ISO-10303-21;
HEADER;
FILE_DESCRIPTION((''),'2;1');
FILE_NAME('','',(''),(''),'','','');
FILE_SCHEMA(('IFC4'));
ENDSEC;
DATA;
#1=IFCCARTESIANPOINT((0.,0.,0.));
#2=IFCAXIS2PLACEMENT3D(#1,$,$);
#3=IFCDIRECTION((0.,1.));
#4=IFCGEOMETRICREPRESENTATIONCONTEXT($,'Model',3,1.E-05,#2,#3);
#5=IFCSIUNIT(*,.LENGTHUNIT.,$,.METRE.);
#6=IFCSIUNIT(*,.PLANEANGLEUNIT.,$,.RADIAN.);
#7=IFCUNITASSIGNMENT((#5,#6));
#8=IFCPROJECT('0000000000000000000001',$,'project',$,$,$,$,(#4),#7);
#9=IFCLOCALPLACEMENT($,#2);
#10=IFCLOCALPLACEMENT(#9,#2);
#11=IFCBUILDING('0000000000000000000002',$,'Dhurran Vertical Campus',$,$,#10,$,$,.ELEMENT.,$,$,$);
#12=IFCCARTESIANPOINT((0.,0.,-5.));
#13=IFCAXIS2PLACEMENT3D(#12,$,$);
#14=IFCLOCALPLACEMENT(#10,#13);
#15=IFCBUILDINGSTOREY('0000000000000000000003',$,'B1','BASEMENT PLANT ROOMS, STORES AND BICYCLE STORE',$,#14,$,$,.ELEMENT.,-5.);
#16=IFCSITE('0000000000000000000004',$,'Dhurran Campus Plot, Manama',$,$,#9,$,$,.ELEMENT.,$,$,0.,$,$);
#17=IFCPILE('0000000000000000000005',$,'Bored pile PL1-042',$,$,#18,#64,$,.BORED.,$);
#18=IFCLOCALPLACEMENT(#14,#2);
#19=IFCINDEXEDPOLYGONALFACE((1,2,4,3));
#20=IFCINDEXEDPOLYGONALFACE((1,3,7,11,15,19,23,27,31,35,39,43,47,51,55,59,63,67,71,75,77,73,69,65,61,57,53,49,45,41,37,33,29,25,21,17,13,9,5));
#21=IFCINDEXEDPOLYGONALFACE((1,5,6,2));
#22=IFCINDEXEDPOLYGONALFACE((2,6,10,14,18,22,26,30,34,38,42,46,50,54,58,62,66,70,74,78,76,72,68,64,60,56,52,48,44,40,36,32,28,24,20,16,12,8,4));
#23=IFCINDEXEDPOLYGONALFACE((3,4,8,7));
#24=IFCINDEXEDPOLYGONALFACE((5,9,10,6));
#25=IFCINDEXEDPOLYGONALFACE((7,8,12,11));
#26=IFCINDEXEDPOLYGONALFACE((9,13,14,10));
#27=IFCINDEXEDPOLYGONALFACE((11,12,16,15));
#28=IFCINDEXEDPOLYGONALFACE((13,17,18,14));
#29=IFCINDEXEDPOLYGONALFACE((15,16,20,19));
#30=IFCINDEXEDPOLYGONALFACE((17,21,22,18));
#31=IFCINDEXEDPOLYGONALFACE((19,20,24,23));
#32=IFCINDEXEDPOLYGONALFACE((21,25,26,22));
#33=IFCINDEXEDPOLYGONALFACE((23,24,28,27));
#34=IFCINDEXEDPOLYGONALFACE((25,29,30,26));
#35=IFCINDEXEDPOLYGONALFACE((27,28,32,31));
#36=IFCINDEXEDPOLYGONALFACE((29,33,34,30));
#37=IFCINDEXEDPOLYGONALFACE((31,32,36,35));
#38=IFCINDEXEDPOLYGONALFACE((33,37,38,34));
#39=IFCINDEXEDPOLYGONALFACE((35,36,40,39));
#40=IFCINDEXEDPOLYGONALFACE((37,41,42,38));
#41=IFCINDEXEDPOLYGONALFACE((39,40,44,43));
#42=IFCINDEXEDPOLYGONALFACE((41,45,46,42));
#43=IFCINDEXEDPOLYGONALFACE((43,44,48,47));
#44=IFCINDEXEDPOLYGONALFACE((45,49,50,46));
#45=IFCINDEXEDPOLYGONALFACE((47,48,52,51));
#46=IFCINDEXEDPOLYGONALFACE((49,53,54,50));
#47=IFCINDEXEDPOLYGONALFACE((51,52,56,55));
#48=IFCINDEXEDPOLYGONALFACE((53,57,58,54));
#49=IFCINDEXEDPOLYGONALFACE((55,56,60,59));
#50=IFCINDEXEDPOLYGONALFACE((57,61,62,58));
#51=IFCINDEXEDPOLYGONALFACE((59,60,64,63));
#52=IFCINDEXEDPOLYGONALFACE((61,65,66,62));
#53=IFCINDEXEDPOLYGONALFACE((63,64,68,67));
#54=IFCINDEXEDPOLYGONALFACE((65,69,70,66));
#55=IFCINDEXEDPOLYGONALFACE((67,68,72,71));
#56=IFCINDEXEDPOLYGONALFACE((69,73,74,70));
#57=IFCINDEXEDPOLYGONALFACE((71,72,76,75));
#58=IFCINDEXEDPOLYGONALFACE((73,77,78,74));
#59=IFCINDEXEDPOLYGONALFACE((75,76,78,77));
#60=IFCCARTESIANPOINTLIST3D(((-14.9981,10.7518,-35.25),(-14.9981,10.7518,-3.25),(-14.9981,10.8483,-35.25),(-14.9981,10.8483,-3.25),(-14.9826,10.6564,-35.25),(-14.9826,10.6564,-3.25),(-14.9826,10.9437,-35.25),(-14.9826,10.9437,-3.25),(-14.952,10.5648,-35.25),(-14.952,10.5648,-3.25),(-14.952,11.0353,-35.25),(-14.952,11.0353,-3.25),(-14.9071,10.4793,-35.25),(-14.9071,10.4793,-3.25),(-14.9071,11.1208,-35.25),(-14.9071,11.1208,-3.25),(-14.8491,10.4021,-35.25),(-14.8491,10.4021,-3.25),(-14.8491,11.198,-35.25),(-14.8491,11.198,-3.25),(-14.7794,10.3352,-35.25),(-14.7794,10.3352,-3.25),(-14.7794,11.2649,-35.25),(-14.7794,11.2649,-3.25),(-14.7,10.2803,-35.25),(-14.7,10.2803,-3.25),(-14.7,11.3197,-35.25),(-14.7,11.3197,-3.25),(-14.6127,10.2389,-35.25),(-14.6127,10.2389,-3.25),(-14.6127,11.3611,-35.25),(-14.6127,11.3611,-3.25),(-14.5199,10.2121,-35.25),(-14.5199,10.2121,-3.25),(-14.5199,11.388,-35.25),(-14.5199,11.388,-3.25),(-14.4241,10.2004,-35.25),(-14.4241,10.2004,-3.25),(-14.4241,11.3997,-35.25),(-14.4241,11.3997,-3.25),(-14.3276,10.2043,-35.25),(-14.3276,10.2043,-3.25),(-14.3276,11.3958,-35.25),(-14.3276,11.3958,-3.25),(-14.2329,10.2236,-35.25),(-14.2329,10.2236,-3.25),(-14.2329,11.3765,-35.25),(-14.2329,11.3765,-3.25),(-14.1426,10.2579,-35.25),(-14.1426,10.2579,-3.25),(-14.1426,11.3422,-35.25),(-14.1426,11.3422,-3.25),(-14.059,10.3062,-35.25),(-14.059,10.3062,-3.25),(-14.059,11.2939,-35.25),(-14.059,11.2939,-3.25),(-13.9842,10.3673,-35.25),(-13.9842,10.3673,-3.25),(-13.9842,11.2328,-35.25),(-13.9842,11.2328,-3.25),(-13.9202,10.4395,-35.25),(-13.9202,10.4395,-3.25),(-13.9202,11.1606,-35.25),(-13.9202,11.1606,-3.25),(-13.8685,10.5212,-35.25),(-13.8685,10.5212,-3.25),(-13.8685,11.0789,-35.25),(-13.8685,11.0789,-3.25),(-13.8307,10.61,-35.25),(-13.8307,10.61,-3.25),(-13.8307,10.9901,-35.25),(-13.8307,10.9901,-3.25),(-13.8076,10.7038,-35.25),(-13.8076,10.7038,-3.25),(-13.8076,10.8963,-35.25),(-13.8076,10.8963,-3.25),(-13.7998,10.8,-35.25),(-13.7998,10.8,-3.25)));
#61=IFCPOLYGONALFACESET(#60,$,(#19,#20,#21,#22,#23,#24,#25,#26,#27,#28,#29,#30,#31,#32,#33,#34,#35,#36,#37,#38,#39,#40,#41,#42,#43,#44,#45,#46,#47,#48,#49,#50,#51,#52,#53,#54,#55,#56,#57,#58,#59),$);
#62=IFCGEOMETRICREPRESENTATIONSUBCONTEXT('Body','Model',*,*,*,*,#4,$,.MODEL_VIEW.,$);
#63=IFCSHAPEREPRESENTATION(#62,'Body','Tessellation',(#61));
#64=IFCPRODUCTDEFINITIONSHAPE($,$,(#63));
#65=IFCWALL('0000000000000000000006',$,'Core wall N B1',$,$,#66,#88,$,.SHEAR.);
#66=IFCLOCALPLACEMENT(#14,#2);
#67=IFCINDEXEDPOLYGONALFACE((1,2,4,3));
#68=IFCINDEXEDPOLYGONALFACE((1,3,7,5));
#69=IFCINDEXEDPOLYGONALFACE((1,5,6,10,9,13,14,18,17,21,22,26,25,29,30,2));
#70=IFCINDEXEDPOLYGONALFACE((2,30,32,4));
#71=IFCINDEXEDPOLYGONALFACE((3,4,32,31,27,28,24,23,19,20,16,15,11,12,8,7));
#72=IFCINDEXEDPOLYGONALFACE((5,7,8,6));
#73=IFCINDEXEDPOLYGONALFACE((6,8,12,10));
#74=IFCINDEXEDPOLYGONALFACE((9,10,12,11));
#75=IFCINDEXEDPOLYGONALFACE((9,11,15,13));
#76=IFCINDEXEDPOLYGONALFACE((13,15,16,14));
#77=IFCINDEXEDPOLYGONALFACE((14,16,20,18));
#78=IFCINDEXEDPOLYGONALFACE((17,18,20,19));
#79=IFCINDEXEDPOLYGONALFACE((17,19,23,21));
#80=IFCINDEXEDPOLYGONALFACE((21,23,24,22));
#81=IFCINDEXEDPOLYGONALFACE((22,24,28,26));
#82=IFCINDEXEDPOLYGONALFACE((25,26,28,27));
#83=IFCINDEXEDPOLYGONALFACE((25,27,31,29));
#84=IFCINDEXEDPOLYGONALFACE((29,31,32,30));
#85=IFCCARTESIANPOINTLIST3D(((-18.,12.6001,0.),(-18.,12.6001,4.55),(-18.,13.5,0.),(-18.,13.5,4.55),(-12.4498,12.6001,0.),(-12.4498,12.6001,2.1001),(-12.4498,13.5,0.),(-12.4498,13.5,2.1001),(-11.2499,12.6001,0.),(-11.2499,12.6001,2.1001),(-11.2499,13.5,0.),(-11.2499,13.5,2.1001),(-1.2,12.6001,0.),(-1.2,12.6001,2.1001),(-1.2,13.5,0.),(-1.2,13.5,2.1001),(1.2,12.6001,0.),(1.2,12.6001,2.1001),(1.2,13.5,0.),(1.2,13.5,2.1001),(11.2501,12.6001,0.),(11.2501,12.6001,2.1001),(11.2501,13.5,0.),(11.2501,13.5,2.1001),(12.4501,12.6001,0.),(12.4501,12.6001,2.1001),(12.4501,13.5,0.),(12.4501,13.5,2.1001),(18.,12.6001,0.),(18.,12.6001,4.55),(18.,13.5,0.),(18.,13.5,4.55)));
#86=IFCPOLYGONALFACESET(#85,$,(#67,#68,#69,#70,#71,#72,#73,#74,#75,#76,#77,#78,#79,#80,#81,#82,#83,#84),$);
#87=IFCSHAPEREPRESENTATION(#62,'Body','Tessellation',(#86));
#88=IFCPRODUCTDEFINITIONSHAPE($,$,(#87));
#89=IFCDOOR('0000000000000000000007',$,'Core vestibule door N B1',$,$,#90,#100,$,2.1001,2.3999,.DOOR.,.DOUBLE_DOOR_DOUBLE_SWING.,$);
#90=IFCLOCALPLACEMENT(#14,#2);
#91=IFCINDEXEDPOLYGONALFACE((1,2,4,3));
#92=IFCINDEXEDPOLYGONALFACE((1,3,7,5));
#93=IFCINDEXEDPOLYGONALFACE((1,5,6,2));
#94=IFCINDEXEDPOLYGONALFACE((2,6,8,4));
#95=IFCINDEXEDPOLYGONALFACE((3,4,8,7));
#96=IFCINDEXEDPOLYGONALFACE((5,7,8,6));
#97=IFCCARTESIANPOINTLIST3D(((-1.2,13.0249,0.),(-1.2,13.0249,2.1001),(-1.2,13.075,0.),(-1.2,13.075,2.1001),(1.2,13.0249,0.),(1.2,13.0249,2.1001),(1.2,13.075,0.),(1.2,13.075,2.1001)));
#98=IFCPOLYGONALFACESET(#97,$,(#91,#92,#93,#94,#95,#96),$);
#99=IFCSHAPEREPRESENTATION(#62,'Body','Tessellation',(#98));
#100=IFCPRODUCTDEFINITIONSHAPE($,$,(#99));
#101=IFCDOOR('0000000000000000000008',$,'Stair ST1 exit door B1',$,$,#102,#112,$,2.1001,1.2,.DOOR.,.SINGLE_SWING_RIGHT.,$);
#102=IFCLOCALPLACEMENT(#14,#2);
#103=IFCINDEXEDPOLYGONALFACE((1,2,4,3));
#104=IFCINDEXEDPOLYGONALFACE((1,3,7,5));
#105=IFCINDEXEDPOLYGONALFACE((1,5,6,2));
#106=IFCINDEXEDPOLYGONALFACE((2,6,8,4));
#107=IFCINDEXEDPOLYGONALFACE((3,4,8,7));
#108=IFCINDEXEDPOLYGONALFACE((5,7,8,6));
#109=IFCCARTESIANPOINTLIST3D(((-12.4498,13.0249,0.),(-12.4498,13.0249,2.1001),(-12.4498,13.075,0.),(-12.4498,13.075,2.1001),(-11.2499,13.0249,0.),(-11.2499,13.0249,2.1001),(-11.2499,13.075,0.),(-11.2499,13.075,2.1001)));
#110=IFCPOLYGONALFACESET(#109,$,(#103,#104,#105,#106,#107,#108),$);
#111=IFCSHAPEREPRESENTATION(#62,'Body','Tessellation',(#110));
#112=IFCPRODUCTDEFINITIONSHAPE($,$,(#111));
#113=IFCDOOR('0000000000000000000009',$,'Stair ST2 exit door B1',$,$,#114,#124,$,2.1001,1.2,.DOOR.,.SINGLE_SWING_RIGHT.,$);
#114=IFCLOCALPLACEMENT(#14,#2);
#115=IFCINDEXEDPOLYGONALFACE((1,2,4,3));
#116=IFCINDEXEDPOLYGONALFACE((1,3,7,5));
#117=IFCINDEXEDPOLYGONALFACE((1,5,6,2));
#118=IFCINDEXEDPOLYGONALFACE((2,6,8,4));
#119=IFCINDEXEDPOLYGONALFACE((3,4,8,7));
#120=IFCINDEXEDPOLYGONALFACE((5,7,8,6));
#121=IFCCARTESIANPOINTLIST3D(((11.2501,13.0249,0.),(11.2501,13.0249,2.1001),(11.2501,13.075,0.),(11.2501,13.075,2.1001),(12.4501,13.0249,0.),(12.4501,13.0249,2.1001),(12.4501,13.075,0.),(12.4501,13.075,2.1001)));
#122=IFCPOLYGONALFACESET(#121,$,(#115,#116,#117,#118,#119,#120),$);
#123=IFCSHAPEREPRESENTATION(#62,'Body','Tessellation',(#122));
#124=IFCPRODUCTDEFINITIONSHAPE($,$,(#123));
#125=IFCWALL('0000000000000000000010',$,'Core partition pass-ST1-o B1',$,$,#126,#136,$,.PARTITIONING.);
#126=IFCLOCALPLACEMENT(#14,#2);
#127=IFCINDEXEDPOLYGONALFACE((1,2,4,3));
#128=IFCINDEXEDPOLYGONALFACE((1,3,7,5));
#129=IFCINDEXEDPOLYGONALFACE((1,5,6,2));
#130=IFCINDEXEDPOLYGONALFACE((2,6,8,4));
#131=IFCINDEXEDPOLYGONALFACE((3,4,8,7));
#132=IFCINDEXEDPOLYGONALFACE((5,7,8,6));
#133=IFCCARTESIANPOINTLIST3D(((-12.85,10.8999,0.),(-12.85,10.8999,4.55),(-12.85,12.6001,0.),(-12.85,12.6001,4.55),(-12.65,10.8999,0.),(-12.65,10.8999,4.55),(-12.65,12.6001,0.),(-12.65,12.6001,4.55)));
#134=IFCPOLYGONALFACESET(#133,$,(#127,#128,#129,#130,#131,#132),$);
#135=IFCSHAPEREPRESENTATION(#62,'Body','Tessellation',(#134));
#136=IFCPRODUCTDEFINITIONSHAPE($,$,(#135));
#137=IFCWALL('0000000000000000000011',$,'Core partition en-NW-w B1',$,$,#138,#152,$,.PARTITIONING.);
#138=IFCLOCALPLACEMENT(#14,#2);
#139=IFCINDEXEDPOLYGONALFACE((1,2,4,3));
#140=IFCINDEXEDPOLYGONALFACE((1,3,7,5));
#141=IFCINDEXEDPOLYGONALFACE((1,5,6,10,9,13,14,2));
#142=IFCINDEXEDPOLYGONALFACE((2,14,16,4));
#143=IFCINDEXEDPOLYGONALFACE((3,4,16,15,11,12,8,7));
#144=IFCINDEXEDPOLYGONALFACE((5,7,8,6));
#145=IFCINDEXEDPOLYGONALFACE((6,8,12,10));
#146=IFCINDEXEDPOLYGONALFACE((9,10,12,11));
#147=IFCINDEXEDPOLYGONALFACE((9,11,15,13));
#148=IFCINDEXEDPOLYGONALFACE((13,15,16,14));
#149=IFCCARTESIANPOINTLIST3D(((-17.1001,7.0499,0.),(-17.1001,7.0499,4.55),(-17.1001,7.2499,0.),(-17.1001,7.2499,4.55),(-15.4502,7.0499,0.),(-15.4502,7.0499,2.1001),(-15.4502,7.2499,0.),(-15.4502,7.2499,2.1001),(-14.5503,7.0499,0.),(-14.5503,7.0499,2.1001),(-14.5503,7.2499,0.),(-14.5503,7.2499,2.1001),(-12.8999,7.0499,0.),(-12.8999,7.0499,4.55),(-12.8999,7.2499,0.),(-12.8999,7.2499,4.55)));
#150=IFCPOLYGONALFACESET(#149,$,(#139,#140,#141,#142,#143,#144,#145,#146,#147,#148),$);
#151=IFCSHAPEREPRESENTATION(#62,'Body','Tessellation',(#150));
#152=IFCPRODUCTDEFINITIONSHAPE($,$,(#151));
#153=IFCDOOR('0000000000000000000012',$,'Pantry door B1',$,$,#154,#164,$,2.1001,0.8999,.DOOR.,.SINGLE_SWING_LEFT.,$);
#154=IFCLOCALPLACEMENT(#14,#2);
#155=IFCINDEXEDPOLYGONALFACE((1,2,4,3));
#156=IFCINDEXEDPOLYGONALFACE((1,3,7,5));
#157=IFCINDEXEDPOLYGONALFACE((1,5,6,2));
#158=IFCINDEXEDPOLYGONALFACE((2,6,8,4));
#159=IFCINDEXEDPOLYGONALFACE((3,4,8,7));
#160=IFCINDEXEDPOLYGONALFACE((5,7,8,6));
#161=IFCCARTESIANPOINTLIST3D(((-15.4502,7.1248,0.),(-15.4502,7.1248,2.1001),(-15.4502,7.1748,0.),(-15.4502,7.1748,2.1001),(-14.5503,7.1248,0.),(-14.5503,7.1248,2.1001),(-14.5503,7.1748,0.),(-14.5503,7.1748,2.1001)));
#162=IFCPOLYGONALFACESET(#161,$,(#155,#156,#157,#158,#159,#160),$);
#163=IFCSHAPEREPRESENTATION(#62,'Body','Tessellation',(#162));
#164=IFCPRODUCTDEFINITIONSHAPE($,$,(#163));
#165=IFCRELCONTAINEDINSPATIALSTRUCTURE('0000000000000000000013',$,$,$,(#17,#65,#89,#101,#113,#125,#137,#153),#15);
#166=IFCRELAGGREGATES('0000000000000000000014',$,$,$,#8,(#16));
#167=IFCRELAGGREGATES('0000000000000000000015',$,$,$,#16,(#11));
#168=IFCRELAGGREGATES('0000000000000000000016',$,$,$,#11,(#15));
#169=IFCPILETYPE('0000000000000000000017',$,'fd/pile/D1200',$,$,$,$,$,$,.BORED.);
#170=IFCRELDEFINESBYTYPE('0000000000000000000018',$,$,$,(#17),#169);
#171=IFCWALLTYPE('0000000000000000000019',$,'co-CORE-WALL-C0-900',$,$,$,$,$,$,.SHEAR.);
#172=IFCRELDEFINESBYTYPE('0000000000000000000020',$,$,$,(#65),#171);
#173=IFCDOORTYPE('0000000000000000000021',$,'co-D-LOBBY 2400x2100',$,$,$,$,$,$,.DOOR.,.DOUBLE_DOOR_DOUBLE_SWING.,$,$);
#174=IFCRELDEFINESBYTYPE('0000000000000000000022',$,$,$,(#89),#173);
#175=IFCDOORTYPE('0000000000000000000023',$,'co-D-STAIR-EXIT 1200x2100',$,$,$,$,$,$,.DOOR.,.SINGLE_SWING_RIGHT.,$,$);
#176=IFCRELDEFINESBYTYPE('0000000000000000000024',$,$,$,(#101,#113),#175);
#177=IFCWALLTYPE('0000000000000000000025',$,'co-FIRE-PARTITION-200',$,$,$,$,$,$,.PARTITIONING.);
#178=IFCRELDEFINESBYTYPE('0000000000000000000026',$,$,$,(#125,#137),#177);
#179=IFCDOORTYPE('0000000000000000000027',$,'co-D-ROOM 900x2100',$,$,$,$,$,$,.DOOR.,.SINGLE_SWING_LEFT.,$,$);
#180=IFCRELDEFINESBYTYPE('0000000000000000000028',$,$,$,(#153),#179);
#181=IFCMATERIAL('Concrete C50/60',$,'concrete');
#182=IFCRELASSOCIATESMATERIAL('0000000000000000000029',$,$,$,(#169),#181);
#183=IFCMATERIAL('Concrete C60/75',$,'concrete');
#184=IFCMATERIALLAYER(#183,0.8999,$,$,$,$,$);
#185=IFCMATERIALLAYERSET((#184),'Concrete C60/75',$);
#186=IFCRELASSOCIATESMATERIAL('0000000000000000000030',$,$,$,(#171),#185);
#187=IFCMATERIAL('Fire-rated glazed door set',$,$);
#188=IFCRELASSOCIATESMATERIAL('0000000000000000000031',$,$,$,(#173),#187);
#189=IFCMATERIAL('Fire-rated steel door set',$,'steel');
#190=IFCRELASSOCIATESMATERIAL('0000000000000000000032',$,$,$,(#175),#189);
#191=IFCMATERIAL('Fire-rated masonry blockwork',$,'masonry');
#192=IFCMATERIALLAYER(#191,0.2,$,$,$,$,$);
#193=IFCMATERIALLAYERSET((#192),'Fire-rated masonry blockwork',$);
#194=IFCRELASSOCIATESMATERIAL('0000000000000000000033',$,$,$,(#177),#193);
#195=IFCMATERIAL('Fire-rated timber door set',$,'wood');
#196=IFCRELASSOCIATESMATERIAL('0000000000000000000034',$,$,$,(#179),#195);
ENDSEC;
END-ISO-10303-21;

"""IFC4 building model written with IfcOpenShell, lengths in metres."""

from ifc_helpers import new_model, si_unit, direction, frame, frame_2d, origin, origin_2d, place, context, subcontext, project, spatial, rectangle, circle, extrude, material, layer, layer_set, material_profile, profile_set, type_object, element, fill, save


model = new_model("IFC4")

# Units and contexts
model_context = context("Model", 3, precision=1e-05, world=origin(), true_north=direction((0.0, 1.0)))
body_context = subcontext(model_context, "Body", "Model", "MODEL_VIEW")
ifc_project = project(units=[si_unit("LENGTHUNIT", "METRE"), si_unit("PLANEANGLEUNIT", "RADIAN")], contexts=[model_context])

# Site, building, storey
site_placement = place(None, origin())
site = spatial("IfcSite", under=ifc_project, at=site_placement, Name="Dhurran Campus Plot, Manama", CompositionType="ELEMENT", RefElevation=0.0)
building_placement = place(site_placement, origin())
building = spatial("IfcBuilding", under=site, at=building_placement, Name="Dhurran Vertical Campus", CompositionType="ELEMENT")
storey_placement = place(building_placement, frame((0.0, 0.0, -5.0)))
storey = spatial("IfcBuildingStorey", under=building, at=storey_placement, Name="B1", Description="BASEMENT PLANT ROOMS, STORES AND BICYCLE STORE", CompositionType="ELEMENT", Elevation=-5.0)

# Pile
ifc_material_1 = material(Name="Concrete C50/60", Category="concrete")
ifc_material_profile = material_profile(ifc_material_1, circle(Radius=0.6001, at=origin_2d()), Name="fd/pile/D1200")
ifc_profile_set = profile_set([ifc_material_profile], Name="Concrete C50/60")
pile_type = type_object("IfcPileType", Name="fd/pile/D1200", PredefinedType="BORED", material=ifc_profile_set)
for number, where, z_axis, x_axis, name in (
    (1, (-14.3999, 10.8, -3.25), (0.0, 0.0, -1.0), (1.0, 0.0, 0.0), "Bored pile PL1-042"),
):
    element("IfcPile", number, at=place(storey_placement, frame(where, z_axis=z_axis, x_axis=x_axis)), inside=storey, type_object=pile_type, Name=name, PredefinedType="BORED", context=body_context, shape_type="SweptSolid", body=[
        extrude(circle(Radius=0.6001, at=origin_2d()), origin(), (0.0, 0.0, 1.0), 32.0),
    ])

# Wall, openings, doors
ifc_material_2 = material(Name="Concrete C60/75", Category="concrete")
ifc_layer_1 = layer(ifc_material_2, 0.8999)
ifc_layer_set_1 = layer_set([ifc_layer_1], Name="Concrete C60/75")
wall_type_1 = type_object("IfcWallType", Name="co-CORE-WALL-C0-900", PredefinedType="SHEAR", material=ifc_layer_set_1)
wall_1_placement = place(storey_placement, frame((-18.0, 13.05, 0.0), z_axis=(0.0, 0.0, 1.0), x_axis=(1.0, 0.0, 0.0)))
wall_1 = element("IfcWall", 2, at=wall_1_placement, inside=storey, type_object=wall_type_1, Name="Core wall N B1", PredefinedType="SHEAR", context=body_context, shape_type="SweptSolid", body=[
    extrude(rectangle(XDim=36.0, YDim=0.8999, at=frame_2d((18.0, 0.0))), origin(), (0.0, 0.0, 1.0), 4.55),
])
opening_1_placement = place(wall_1_placement, frame((16.8, 0.0, 0.0)))
opening_1 = element("IfcOpeningElement", 3, at=opening_1_placement, cuts=wall_1, PredefinedType="OPENING", context=body_context, shape_type="SweptSolid", body=[
    extrude(rectangle(XDim=2.3999, YDim=2.1001, at=frame_2d((1.2, 1.05))), frame((0.0, 0.46, 0.0), z_axis=(0.0, -1.0, 0.0), x_axis=(1.0, 0.0, 0.0)), (0.0, 0.0, 1.0), 0.9199),
])
opening_2_placement = place(wall_1_placement, frame((5.55, 0.0, 0.0)))
opening_2 = element("IfcOpeningElement", 4, at=opening_2_placement, cuts=wall_1, PredefinedType="OPENING", context=body_context, shape_type="SweptSolid", body=[
    extrude(rectangle(XDim=1.2, YDim=2.1001, at=frame_2d((0.6001, 1.05))), frame((0.0, 0.46, 0.0), z_axis=(0.0, -1.0, 0.0), x_axis=(1.0, 0.0, 0.0)), (0.0, 0.0, 1.0), 0.9199),
])
opening_3_placement = place(wall_1_placement, frame((29.25, 0.0, 0.0)))
opening_3 = element("IfcOpeningElement", 5, at=opening_3_placement, cuts=wall_1, PredefinedType="OPENING", context=body_context, shape_type="SweptSolid", body=[
    extrude(rectangle(XDim=1.2, YDim=2.1001, at=frame_2d((0.6001, 1.05))), frame((0.0, 0.46, 0.0), z_axis=(0.0, -1.0, 0.0), x_axis=(1.0, 0.0, 0.0)), (0.0, 0.0, 1.0), 0.9199),
])
ifc_material_3 = material(Name="Fire-rated glazed door set")
door_type_1 = type_object("IfcDoorType", Name="co-D-LOBBY 2400x2100", OperationType="DOUBLE_DOOR_DOUBLE_SWING", PredefinedType="DOOR", material=ifc_material_3)
door_1_placement = place(opening_1_placement, origin())
door_1 = element("IfcDoor", 6, at=door_1_placement, inside=storey, type_object=door_type_1, Name="Core vestibule door N B1", OperationType="DOUBLE_DOOR_DOUBLE_SWING", OverallHeight=2.1001, OverallWidth=2.3999, PredefinedType="DOOR", context=body_context, shape_type="SweptSolid", body=[
    extrude(rectangle(XDim=2.3999, YDim=2.1001, at=frame_2d((1.2, 1.05))), frame((0.0, 0.0249, 0.0), z_axis=(0.0, -1.0, 0.0), x_axis=(1.0, 0.0, 0.0)), (0.0, 0.0, 1.0), 0.05),
])
fill(opening_1, door_1)
ifc_material_4 = material(Name="Fire-rated steel door set", Category="steel")
door_type_2 = type_object("IfcDoorType", Name="co-D-STAIR-EXIT 1200x2100", OperationType="SINGLE_SWING_RIGHT", PredefinedType="DOOR", material=ifc_material_4)
door_2_placement = place(opening_2_placement, origin())
door_2 = element("IfcDoor", 7, at=door_2_placement, inside=storey, type_object=door_type_2, Name="Stair ST1 exit door B1", OperationType="SINGLE_SWING_RIGHT", OverallHeight=2.1001, OverallWidth=1.2, PredefinedType="DOOR", context=body_context, shape_type="SweptSolid", body=[
    extrude(rectangle(XDim=1.2, YDim=2.1001, at=frame_2d((0.6001, 1.05))), frame((0.0, 0.0249, 0.0), z_axis=(0.0, -1.0, 0.0), x_axis=(1.0, 0.0, 0.0)), (0.0, 0.0, 1.0), 0.05),
])
fill(opening_2, door_2)
door_3_placement = place(opening_3_placement, origin())
door_3 = element("IfcDoor", 8, at=door_3_placement, inside=storey, type_object=door_type_2, Name="Stair ST2 exit door B1", OperationType="SINGLE_SWING_RIGHT", OverallHeight=2.1001, OverallWidth=1.2, PredefinedType="DOOR", context=body_context, shape_type="SweptSolid", body=[
    extrude(rectangle(XDim=1.2, YDim=2.1001, at=frame_2d((0.6001, 1.05))), frame((0.0, 0.0249, 0.0), z_axis=(0.0, -1.0, 0.0), x_axis=(1.0, 0.0, 0.0)), (0.0, 0.0, 1.0), 0.05),
])
fill(opening_3, door_3)

# Wall
ifc_material_5 = material(Name="Fire-rated masonry blockwork", Category="masonry")
ifc_layer_2 = layer(ifc_material_5, 0.2)
ifc_layer_set_2 = layer_set([ifc_layer_2], Name="Fire-rated masonry blockwork")
wall_type_2 = type_object("IfcWallType", Name="co-FIRE-PARTITION-200", PredefinedType="PARTITIONING", material=ifc_layer_set_2)
wall_2_placement = place(storey_placement, frame((-12.75, 10.8999, 0.0), z_axis=(0.0, 0.0, 1.0), x_axis=(0.0, 1.0, 0.0)))
element("IfcWall", 9, at=wall_2_placement, inside=storey, type_object=wall_type_2, Name="Core partition pass-ST1-o B1", PredefinedType="PARTITIONING", context=body_context, shape_type="SweptSolid", body=[
    extrude(rectangle(XDim=1.7002, YDim=0.2, at=frame_2d((0.8501, 0.0))), origin(), (0.0, 0.0, 1.0), 4.55),
])

# Wall, opening, door
wall_3_placement = place(storey_placement, frame((-17.1001, 7.1499, 0.0), z_axis=(0.0, 0.0, 1.0), x_axis=(1.0, 0.0, 0.0)))
wall_3 = element("IfcWall", 10, at=wall_3_placement, inside=storey, type_object=wall_type_2, Name="Core partition en-NW-w B1", PredefinedType="PARTITIONING", context=body_context, shape_type="SweptSolid", body=[
    extrude(rectangle(XDim=4.2002, YDim=0.2, at=frame_2d((2.1001, 0.0))), origin(), (0.0, 0.0, 1.0), 4.55),
])
opening_4_placement = place(wall_3_placement, frame((1.6499, 0.0, 0.0)))
opening_4 = element("IfcOpeningElement", 11, at=opening_4_placement, cuts=wall_3, PredefinedType="OPENING", context=body_context, shape_type="SweptSolid", body=[
    extrude(rectangle(XDim=0.8999, YDim=2.1001, at=frame_2d((0.45, 1.05))), frame((0.0, 0.1099, 0.0), z_axis=(0.0, -1.0, 0.0), x_axis=(1.0, 0.0, 0.0)), (0.0, 0.0, 1.0), 0.22),
])
ifc_material_6 = material(Name="Fire-rated timber door set", Category="wood")
door_type_3 = type_object("IfcDoorType", Name="co-D-ROOM 900x2100", OperationType="SINGLE_SWING_LEFT", PredefinedType="DOOR", material=ifc_material_6)
door_4_placement = place(opening_4_placement, origin())
door_4 = element("IfcDoor", 12, at=door_4_placement, inside=storey, type_object=door_type_3, Name="Pantry door B1", OperationType="SINGLE_SWING_LEFT", OverallHeight=2.1001, OverallWidth=0.8999, PredefinedType="DOOR", context=body_context, shape_type="SweptSolid", body=[
    extrude(rectangle(XDim=0.8999, YDim=2.1001, at=frame_2d((0.45, 1.05))), frame((0.0, 0.0249, 0.0), z_axis=(0.0, -1.0, 0.0), x_axis=(1.0, 0.0, 0.0)), (0.0, 0.0, 1.0), 0.05),
])
fill(opening_4, door_4)

save(model, "model.ifc")
